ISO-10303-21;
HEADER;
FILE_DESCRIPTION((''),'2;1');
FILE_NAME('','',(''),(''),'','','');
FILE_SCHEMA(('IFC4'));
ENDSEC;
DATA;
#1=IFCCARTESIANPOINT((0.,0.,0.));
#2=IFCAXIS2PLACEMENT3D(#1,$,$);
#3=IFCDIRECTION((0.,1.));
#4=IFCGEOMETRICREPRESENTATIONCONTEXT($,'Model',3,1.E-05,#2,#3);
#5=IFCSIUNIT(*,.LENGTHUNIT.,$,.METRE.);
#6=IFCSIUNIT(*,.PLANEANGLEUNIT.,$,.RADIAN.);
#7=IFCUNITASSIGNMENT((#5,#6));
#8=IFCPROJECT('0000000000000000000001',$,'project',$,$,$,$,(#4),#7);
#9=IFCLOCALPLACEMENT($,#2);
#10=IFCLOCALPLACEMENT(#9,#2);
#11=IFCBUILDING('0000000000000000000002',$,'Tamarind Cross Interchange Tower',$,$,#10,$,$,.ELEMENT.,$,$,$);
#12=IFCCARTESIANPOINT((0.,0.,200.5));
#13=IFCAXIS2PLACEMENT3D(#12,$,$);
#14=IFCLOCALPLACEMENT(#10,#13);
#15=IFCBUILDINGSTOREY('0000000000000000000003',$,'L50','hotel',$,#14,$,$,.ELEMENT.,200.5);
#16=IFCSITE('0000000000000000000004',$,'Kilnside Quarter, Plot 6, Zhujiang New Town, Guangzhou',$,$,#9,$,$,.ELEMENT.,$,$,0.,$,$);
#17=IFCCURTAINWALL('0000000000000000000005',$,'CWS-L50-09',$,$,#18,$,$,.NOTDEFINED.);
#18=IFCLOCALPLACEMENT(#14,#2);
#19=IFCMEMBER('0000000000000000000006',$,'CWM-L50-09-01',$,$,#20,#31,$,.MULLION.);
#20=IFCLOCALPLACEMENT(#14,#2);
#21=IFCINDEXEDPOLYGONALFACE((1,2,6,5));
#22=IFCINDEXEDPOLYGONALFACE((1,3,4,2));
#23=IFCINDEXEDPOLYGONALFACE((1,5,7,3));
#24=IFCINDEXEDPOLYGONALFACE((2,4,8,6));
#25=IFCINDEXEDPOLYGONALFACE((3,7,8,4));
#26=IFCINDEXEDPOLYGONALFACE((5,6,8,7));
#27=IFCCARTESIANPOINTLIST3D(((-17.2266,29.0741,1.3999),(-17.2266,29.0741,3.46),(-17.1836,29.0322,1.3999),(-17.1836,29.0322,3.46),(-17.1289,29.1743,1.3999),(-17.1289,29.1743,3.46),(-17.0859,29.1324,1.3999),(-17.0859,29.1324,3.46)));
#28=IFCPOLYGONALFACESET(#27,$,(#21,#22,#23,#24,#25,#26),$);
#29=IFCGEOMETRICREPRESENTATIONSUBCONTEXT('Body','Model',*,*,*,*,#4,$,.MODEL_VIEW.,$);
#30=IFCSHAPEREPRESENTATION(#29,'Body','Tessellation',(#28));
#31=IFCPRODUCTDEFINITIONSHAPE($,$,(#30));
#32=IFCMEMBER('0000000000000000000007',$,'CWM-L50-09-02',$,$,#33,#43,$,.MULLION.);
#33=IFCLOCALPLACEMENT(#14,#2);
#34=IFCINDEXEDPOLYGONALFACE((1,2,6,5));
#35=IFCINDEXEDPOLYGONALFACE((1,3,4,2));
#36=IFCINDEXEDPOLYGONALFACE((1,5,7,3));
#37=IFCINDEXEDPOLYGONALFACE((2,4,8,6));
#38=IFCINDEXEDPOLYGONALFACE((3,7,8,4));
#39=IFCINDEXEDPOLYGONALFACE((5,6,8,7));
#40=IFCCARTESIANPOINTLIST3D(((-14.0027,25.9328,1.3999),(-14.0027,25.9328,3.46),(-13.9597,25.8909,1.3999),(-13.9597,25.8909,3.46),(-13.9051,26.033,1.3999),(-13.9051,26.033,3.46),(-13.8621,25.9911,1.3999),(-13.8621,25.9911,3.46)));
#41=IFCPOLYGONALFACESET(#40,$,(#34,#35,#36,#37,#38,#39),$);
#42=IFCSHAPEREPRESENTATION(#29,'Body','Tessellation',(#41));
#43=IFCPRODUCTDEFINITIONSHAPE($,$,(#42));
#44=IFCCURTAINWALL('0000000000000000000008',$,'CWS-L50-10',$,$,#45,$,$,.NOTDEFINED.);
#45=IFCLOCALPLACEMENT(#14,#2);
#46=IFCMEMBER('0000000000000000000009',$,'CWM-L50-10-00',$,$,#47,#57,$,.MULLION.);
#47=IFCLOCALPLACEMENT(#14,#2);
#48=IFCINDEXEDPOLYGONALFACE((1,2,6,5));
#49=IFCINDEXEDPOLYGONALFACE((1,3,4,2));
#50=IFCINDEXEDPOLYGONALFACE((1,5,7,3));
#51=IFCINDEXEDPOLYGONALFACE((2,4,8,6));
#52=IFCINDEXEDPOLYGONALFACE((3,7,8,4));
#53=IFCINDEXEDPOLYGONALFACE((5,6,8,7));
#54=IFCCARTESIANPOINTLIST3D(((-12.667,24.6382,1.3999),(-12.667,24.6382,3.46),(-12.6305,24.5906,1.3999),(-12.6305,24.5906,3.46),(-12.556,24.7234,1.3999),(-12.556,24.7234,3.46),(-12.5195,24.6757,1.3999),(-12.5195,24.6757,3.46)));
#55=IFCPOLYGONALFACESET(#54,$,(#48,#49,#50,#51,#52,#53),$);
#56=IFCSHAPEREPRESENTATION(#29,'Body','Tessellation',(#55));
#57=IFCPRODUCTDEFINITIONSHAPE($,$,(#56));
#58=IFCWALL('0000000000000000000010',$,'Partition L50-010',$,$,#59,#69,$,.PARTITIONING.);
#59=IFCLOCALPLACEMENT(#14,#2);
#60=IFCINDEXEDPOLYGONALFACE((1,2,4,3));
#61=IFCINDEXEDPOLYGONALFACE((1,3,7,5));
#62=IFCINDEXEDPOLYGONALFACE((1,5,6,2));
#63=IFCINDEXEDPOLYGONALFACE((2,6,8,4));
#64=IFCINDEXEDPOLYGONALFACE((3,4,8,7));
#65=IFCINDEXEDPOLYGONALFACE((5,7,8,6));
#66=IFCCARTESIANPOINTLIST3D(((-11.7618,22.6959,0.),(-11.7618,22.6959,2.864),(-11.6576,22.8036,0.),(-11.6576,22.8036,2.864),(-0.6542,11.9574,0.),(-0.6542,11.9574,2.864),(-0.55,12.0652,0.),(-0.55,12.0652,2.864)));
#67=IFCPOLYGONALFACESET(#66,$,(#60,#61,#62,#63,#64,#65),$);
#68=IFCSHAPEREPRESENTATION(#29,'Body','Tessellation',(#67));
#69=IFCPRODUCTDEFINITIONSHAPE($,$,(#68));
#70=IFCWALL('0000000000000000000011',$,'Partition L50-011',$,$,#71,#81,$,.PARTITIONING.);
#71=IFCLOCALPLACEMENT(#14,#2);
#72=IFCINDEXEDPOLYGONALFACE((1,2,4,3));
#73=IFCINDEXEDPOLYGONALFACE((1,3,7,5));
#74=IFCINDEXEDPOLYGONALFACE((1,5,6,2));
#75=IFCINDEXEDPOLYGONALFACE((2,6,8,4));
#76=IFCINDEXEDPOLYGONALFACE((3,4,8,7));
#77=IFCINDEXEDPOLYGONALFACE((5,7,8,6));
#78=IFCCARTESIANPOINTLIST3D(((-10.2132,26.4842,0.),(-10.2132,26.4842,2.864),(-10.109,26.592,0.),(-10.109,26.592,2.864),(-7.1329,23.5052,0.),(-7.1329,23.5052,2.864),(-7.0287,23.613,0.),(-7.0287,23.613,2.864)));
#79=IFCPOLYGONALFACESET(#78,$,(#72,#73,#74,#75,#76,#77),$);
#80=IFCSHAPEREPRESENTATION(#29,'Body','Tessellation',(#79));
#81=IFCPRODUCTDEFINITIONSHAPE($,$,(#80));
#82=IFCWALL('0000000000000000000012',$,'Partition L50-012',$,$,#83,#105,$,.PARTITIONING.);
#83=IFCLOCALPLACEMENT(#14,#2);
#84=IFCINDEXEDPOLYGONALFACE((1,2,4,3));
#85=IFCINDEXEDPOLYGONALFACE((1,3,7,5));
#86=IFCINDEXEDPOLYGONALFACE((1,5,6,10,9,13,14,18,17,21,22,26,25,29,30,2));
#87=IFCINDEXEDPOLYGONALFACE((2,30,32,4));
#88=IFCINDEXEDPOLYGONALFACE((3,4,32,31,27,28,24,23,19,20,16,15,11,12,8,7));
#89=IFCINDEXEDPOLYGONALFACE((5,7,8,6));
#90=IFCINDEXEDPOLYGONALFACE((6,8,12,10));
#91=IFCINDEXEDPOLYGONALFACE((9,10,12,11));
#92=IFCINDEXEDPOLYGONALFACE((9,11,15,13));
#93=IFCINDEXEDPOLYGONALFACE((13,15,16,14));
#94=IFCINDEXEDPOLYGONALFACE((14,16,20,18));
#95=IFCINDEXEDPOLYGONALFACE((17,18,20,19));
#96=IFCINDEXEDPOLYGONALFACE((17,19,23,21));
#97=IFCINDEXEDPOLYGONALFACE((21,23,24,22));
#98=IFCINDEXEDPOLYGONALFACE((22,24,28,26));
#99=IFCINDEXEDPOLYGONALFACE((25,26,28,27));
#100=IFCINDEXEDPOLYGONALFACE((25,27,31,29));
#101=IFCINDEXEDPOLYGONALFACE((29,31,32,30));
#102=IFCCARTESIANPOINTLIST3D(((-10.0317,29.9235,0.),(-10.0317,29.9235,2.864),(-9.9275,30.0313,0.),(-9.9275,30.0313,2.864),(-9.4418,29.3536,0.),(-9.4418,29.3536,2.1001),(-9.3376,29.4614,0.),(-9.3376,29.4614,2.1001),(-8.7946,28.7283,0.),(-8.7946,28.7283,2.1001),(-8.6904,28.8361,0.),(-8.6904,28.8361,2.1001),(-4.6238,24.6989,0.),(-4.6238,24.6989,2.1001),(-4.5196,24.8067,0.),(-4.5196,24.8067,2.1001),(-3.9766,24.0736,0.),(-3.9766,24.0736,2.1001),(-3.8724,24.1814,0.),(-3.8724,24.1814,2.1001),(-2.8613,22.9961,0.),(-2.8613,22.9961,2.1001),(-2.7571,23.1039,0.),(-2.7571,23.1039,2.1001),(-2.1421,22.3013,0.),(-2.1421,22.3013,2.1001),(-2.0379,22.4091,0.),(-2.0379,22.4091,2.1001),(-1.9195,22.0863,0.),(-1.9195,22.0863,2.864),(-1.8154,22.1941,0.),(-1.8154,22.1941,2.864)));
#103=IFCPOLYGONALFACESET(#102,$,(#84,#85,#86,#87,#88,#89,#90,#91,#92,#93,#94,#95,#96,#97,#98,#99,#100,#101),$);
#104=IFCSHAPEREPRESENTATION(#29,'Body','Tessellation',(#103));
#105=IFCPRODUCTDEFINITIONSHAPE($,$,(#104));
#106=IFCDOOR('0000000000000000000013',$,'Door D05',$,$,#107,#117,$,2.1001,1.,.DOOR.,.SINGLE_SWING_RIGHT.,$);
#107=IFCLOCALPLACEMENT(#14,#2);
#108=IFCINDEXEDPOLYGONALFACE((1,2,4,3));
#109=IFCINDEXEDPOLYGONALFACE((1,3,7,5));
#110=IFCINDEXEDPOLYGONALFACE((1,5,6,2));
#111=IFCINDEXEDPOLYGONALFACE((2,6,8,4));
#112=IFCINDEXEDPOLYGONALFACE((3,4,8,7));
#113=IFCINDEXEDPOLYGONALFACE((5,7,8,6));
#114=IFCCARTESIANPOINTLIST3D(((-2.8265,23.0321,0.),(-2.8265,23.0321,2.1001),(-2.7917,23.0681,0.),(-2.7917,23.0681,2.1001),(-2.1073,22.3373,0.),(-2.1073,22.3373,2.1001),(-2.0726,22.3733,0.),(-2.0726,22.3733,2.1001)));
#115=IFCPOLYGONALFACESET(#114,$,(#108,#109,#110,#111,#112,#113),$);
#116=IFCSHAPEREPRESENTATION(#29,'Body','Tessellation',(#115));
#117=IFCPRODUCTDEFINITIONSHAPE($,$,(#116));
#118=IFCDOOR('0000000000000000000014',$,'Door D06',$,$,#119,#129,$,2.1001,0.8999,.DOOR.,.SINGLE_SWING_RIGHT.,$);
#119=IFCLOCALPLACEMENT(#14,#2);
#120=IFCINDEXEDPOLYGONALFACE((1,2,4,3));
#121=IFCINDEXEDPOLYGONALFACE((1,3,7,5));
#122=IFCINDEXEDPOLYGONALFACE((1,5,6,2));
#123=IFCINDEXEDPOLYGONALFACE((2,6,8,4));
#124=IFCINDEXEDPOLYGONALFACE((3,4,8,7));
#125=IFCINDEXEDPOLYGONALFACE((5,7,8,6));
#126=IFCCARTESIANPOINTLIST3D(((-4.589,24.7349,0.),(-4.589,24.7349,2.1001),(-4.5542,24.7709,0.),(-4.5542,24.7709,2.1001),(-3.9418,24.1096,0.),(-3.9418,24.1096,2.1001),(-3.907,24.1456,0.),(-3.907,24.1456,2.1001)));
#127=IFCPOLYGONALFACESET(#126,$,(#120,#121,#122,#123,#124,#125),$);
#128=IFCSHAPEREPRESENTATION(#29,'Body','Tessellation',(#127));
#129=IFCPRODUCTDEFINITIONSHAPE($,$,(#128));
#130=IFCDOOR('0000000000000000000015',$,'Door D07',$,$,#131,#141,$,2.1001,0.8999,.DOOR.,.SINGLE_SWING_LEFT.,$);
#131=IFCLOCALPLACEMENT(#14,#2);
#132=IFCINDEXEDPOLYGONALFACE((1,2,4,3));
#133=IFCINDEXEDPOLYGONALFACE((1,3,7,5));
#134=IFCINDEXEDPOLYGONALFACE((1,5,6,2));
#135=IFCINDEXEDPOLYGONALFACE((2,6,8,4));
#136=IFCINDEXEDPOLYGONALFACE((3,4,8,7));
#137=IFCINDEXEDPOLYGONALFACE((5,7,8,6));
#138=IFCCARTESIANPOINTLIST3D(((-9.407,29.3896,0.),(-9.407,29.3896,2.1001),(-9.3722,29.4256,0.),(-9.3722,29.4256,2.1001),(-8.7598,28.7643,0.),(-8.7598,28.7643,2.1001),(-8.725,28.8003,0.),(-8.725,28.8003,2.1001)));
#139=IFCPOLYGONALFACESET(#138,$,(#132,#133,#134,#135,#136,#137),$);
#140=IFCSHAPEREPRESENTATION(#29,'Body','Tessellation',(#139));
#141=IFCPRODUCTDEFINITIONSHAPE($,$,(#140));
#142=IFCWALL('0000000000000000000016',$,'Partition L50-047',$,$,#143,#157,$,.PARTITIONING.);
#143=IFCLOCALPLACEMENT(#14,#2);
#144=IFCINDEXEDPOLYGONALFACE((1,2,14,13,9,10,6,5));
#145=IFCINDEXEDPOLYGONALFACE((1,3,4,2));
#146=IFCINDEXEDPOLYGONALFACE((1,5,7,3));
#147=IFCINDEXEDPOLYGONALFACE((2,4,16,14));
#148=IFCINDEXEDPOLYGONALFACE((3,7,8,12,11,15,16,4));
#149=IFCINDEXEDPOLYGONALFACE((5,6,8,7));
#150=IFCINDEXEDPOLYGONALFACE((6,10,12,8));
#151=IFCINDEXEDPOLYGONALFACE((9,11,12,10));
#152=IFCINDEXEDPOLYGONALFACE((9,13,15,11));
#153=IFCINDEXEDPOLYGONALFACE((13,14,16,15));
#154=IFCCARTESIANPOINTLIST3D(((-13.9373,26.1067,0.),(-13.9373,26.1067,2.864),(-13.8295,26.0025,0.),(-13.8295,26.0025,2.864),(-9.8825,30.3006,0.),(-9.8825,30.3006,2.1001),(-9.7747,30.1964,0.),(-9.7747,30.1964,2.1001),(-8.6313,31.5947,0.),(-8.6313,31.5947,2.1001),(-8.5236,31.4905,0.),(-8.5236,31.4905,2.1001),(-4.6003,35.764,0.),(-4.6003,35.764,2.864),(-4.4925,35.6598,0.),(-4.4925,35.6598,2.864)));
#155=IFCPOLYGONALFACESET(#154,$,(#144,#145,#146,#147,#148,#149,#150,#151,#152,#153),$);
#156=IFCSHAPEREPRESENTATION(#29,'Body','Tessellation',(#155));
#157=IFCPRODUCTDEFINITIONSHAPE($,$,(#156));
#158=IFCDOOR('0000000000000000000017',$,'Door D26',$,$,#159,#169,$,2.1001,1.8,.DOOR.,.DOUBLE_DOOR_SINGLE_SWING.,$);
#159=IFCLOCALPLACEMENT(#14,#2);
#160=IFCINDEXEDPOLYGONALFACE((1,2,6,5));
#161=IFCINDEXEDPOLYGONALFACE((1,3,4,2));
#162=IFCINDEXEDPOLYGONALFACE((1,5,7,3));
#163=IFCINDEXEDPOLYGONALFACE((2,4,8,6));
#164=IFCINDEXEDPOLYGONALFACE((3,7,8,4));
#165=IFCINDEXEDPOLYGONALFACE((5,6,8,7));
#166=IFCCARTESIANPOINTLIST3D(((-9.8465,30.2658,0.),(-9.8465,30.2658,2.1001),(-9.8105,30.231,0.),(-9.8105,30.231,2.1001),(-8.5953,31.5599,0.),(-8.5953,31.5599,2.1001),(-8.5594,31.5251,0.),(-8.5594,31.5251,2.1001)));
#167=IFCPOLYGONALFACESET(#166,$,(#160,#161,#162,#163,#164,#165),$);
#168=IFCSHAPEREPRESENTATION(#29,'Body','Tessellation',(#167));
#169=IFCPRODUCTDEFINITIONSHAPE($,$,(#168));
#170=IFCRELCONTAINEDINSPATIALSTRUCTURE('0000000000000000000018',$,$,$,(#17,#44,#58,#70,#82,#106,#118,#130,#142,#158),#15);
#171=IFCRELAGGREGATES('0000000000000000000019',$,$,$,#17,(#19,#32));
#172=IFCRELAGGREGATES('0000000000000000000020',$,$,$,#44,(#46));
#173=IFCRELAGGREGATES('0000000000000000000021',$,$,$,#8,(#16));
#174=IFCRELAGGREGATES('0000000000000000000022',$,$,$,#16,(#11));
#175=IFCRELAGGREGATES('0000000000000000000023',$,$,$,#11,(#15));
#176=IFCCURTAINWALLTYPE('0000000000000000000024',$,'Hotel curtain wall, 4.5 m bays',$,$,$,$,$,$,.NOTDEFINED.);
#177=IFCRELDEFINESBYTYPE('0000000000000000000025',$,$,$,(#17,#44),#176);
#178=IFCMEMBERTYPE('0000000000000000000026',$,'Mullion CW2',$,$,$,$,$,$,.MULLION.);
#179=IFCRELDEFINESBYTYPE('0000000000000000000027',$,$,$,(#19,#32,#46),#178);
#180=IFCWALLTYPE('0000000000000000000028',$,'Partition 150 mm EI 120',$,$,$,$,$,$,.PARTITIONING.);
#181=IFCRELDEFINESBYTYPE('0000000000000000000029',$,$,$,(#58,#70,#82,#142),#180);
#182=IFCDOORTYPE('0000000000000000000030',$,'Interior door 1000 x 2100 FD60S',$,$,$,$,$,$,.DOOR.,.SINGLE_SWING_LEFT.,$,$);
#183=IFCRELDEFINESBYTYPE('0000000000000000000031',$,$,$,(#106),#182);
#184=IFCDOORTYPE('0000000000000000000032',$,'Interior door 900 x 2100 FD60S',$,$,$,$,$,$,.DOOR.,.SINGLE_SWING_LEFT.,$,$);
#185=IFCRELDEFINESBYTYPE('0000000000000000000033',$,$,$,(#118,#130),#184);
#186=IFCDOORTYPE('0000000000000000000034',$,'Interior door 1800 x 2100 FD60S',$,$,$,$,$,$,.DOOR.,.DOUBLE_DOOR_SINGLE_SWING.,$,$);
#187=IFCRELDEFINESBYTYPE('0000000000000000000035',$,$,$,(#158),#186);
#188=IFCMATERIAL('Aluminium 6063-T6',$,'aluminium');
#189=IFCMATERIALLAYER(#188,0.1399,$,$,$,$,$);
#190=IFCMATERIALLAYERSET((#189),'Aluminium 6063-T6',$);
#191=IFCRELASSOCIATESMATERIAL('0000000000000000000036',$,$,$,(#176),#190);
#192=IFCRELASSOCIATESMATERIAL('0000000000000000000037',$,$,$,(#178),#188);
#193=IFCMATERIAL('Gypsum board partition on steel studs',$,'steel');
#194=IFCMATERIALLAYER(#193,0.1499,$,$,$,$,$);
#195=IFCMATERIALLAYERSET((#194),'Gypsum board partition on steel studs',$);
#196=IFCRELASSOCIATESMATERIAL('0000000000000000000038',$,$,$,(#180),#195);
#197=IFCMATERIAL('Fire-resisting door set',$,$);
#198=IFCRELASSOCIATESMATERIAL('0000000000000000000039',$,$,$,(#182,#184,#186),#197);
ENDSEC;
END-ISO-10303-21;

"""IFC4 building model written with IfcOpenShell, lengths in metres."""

from ifc_helpers import new_model, si_unit, direction, frame, frame_2d, origin, origin_2d, place, context, subcontext, project, spatial, rectangle, extrude, material, layer, layer_set, material_profile, profile_set, type_object, element, fill, aggregate, save


model = new_model("IFC4")

# Units and contexts
model_context = context("Model", 3, precision=1e-05, world=origin(), true_north=direction((0.0, 1.0)))
body_context = subcontext(model_context, "Body", "Model", "MODEL_VIEW")
ifc_project = project(units=[si_unit("LENGTHUNIT", "METRE"), si_unit("PLANEANGLEUNIT", "RADIAN")], contexts=[model_context])

# Site, building, storey
site_placement = place(None, origin())
site = spatial("IfcSite", under=ifc_project, at=site_placement, Name="Kilnside Quarter, Plot 6, Zhujiang New Town, Guangzhou", CompositionType="ELEMENT", RefElevation=0.0)
building_placement = place(site_placement, origin())
building = spatial("IfcBuilding", under=site, at=building_placement, Name="Tamarind Cross Interchange Tower", CompositionType="ELEMENT")
storey_placement = place(building_placement, frame((0.0, 0.0, 200.5)))
storey = spatial("IfcBuildingStorey", under=building, at=storey_placement, Name="L50", Description="hotel", CompositionType="ELEMENT", Elevation=200.5)

# Curtain wall, members
ifc_material_1 = material(Name="Aluminium 6063-T6", Category="aluminium")
ifc_layer_1 = layer(ifc_material_1, 0.1399)
ifc_layer_set_1 = layer_set([ifc_layer_1], Name="Aluminium 6063-T6")
curtain_wall_type = type_object("IfcCurtainWallType", Name="Hotel curtain wall, 4.5 m bays", PredefinedType="NOTDEFINED", material=ifc_layer_set_1)
ifc_material_profile_1 = material_profile(ifc_material_1, rectangle(XDim=0.0601, YDim=0.1399, at=origin_2d()), Name="Mullion CW2")
ifc_profile_set_1 = profile_set([ifc_material_profile_1], Name="Aluminium 6063-T6")
member_type = type_object("IfcMemberType", Name="Mullion CW2", PredefinedType="MULLION", material=ifc_profile_set_1)
curtain_wall_1_placement = place(storey_placement, origin())
curtain_wall_1 = element("IfcCurtainWall", 1, at=curtain_wall_1_placement, inside=storey, type_object=curtain_wall_type, Name="CWS-L50-09", PredefinedType="NOTDEFINED")
member_1_placement = place(storey_placement, frame((-17.1562, 29.1033, 1.3999), z_axis=(0.0, 0.0, 1.0), x_axis=(0.716215, -0.69788, 0.0)))
member_1 = element("IfcMember", 2, at=member_1_placement, type_object=member_type, Name="CWM-L50-09-01", PredefinedType="MULLION", context=body_context, shape_type="SweptSolid", body=[
    extrude(rectangle(XDim=0.0601, YDim=0.1399, at=origin_2d()), origin(), (0.0, 0.0, 1.0), 2.0601),
])
member_2_placement = place(storey_placement, frame((-13.9324, 25.9619, 1.3999), z_axis=(0.0, 0.0, 1.0), x_axis=(0.716215, -0.69788, 0.0)))
member_2 = element("IfcMember", 3, at=member_2_placement, type_object=member_type, Name="CWM-L50-09-02", PredefinedType="MULLION", context=body_context, shape_type="SweptSolid", body=[
    extrude(rectangle(XDim=0.0601, YDim=0.1399, at=origin_2d()), origin(), (0.0, 0.0, 1.0), 2.0601),
])
aggregate(curtain_wall_1, [member_1, member_2])

# Curtain wall, member
curtain_wall_2_placement = place(storey_placement, origin())
curtain_wall_2 = element("IfcCurtainWall", 4, at=curtain_wall_2_placement, inside=storey, type_object=curtain_wall_type, Name="CWS-L50-10", PredefinedType="NOTDEFINED")
member_3_placement = place(storey_placement, frame((-12.5933, 24.657, 1.3999), z_axis=(0.0, 0.0, 1.0), x_axis=(0.608576, -0.793496, 0.0)))
member_3 = element("IfcMember", 5, at=member_3_placement, type_object=member_type, Name="CWM-L50-10-00", PredefinedType="MULLION", context=body_context, shape_type="SweptSolid", body=[
    extrude(rectangle(XDim=0.0601, YDim=0.1399, at=origin_2d()), origin(), (0.0, 0.0, 1.0), 2.0601),
])
aggregate(curtain_wall_2, [member_3])

# Walls
ifc_material_2 = material(Name="Gypsum board partition on steel studs", Category="steel")
ifc_layer_2 = layer(ifc_material_2, 0.1499)
ifc_layer_set_2 = layer_set([ifc_layer_2], Name="Gypsum board partition on steel studs")
wall_type = type_object("IfcWallType", Name="Partition 150 mm EI 120", PredefinedType="PARTITIONING", material=ifc_layer_set_2)
wall_1_placement = place(storey_placement, frame((-11.7097, 22.7498, 0.0), z_axis=(0.0, 0.0, 1.0), x_axis=(0.718952, -0.695059, 0.0)))
element("IfcWall", 6, at=wall_1_placement, inside=storey, type_object=wall_type, Name="Partition L50-010", PredefinedType="PARTITIONING", context=body_context, shape_type="SweptSolid", body=[
    extrude(rectangle(XDim=15.4497, YDim=0.1499, at=frame_2d((7.7249, 0.0))), origin(), (0.0, 0.0, 1.0), 2.864),
])
wall_2_placement = place(storey_placement, frame((-10.1611, 26.5381, 0.0), z_axis=(0.0, 0.0, 1.0), x_axis=(0.71883, -0.695186, 0.0)))
element("IfcWall", 7, at=wall_2_placement, inside=storey, type_object=wall_type, Name="Partition L50-011", PredefinedType="PARTITIONING", context=body_context, shape_type="SweptSolid", body=[
    extrude(rectangle(XDim=4.2852, YDim=0.1499, at=frame_2d((2.1426, 0.0))), origin(), (0.0, 0.0, 1.0), 2.864),
])

# Wall, openings, doors
wall_3_placement = place(storey_placement, frame((-9.9795, 29.9773, 0.0), z_axis=(0.0, 0.0, 1.0), x_axis=(0.719188, -0.694816, 0.0)))
wall_3 = element("IfcWall", 8, at=wall_3_placement, inside=storey, type_object=wall_type, Name="Partition L50-012", PredefinedType="PARTITIONING", context=body_context, shape_type="SweptSolid", body=[
    extrude(rectangle(XDim=11.2795, YDim=0.1499, at=frame_2d((5.6396, 0.0))), origin(), (0.0, 0.0, 1.0), 2.864),
])
opening_1_placement = place(wall_3_placement, frame((9.97, 0.0, 0.0)))
opening_1 = element("IfcOpeningElement", 9, at=opening_1_placement, cuts=wall_3, PredefinedType="OPENING", context=body_context, shape_type="SweptSolid", body=[
    extrude(rectangle(XDim=1.0, YDim=2.1001, at=frame_2d((0.5, 1.05))), frame((0.0, 0.085, 0.0), z_axis=(0.0, -1.0, 0.0), x_axis=(1.0, 0.0, 0.0)), (0.0, 0.0, 1.0), 0.1699),
])
opening_2_placement = place(wall_3_placement, frame((7.5193, 0.0, 0.0)))
opening_2 = element("IfcOpeningElement", 10, at=opening_2_placement, cuts=wall_3, PredefinedType="OPENING", context=body_context, shape_type="SweptSolid", body=[
    extrude(rectangle(XDim=0.8999, YDim=2.1001, at=frame_2d((0.45, 1.05))), frame((0.0, 0.085, 0.0), z_axis=(0.0, -1.0, 0.0), x_axis=(1.0, 0.0, 0.0)), (0.0, 0.0, 1.0), 0.1699),
])
opening_3_placement = place(wall_3_placement, frame((0.8201, 0.0, 0.0)))
opening_3 = element("IfcOpeningElement", 11, at=opening_3_placement, cuts=wall_3, PredefinedType="OPENING", context=body_context, shape_type="SweptSolid", body=[
    extrude(rectangle(XDim=0.8999, YDim=2.1001, at=frame_2d((0.45, 1.05))), frame((0.0, 0.085, 0.0), z_axis=(0.0, -1.0, 0.0), x_axis=(1.0, 0.0, 0.0)), (0.0, 0.0, 1.0), 0.1699),
])
ifc_material_3 = material(Name="Fire-resisting door set")
door_type_1 = type_object("IfcDoorType", Name="Interior door 1000 x 2100 FD60S", OperationType="SINGLE_SWING_LEFT", PredefinedType="DOOR", material=ifc_material_3)
door_1_placement = place(opening_1_placement, frame((1.0, 0.0, 0.0), z_axis=(0.0, 0.0, 1.0), x_axis=(-1.0, 0.0, 0.0)))
door_1 = element("IfcDoor", 12, at=door_1_placement, inside=storey, type_object=door_type_1, Name="Door D05", OperationType="SINGLE_SWING_RIGHT", OverallHeight=2.1001, OverallWidth=1.0, PredefinedType="DOOR", context=body_context, shape_type="SweptSolid", body=[
    extrude(rectangle(XDim=1.0, YDim=2.1001, at=frame_2d((0.5, 1.05))), frame((0.0, 0.0249, 0.0), z_axis=(0.0, -1.0, 0.0), x_axis=(1.0, 0.0, 0.0)), (0.0, 0.0, 1.0), 0.05),
])
fill(opening_1, door_1)
door_type_2 = type_object("IfcDoorType", Name="Interior door 900 x 2100 FD60S", OperationType="SINGLE_SWING_LEFT", PredefinedType="DOOR", material=ifc_material_3)
door_2_placement = place(opening_2_placement, frame((0.8999, 0.0, 0.0), z_axis=(0.0, 0.0, 1.0), x_axis=(-1.0, 0.0, 0.0)))
door_2 = element("IfcDoor", 13, at=door_2_placement, inside=storey, type_object=door_type_2, Name="Door D06", OperationType="SINGLE_SWING_RIGHT", OverallHeight=2.1001, OverallWidth=0.8999, PredefinedType="DOOR", context=body_context, shape_type="SweptSolid", body=[
    extrude(rectangle(XDim=0.8999, YDim=2.1001, at=frame_2d((0.45, 1.05))), frame((0.0, 0.0249, 0.0), z_axis=(0.0, -1.0, 0.0), x_axis=(1.0, 0.0, 0.0)), (0.0, 0.0, 1.0), 0.05),
])
fill(opening_2, door_2)
door_3_placement = place(opening_3_placement, frame((0.8999, 0.0, 0.0), z_axis=(0.0, 0.0, 1.0), x_axis=(-1.0, 0.0, 0.0)))
door_3 = element("IfcDoor", 14, at=door_3_placement, inside=storey, type_object=door_type_2, Name="Door D07", OperationType="SINGLE_SWING_LEFT", OverallHeight=2.1001, OverallWidth=0.8999, PredefinedType="DOOR", context=body_context, shape_type="SweptSolid", body=[
    extrude(rectangle(XDim=0.8999, YDim=2.1001, at=frame_2d((0.45, 1.05))), frame((0.0, 0.0249, 0.0), z_axis=(0.0, -1.0, 0.0), x_axis=(1.0, 0.0, 0.0)), (0.0, 0.0, 1.0), 0.05),
])
fill(opening_3, door_3)

# Wall, opening, door
wall_4_placement = place(storey_placement, frame((-13.8833, 26.0547, 0.0), z_axis=(0.0, 0.0, 1.0), x_axis=(0.695083, 0.718929, 0.0)))
wall_4 = element("IfcWall", 15, at=wall_4_placement, inside=storey, type_object=wall_type, Name="Partition L50-047", PredefinedType="PARTITIONING", context=body_context, shape_type="SweptSolid", body=[
    extrude(rectangle(XDim=13.4329, YDim=0.1499, at=frame_2d((6.7163, 0.0))), origin(), (0.0, 0.0, 1.0), 2.864),
])
opening_4_placement = place(wall_4_placement, frame((5.8335, 0.0, 0.0)))
opening_4 = element("IfcOpeningElement", 16, at=opening_4_placement, cuts=wall_4, PredefinedType="OPENING", context=body_context, shape_type="SweptSolid", body=[
    extrude(rectangle(XDim=1.8, YDim=2.1001, at=frame_2d((0.8999, 1.05))), frame((0.0, 0.085, 0.0), z_axis=(0.0, -1.0, 0.0), x_axis=(1.0, 0.0, 0.0)), (0.0, 0.0, 1.0), 0.1699),
])
door_type_3 = type_object("IfcDoorType", Name="Interior door 1800 x 2100 FD60S", OperationType="DOUBLE_DOOR_SINGLE_SWING", PredefinedType="DOOR", material=ifc_material_3)
door_4_placement = place(opening_4_placement, origin())
door_4 = element("IfcDoor", 17, at=door_4_placement, inside=storey, type_object=door_type_3, Name="Door D26", OperationType="DOUBLE_DOOR_SINGLE_SWING", OverallHeight=2.1001, OverallWidth=1.8, PredefinedType="DOOR", context=body_context, shape_type="SweptSolid", body=[
    extrude(rectangle(XDim=1.8, YDim=2.1001, at=frame_2d((0.8999, 1.05))), frame((0.0, 0.0249, 0.0), z_axis=(0.0, -1.0, 0.0), x_axis=(1.0, 0.0, 0.0)), (0.0, 0.0, 1.0), 0.05),
])
fill(opening_4, door_4)

save(model, "model.ifc")
